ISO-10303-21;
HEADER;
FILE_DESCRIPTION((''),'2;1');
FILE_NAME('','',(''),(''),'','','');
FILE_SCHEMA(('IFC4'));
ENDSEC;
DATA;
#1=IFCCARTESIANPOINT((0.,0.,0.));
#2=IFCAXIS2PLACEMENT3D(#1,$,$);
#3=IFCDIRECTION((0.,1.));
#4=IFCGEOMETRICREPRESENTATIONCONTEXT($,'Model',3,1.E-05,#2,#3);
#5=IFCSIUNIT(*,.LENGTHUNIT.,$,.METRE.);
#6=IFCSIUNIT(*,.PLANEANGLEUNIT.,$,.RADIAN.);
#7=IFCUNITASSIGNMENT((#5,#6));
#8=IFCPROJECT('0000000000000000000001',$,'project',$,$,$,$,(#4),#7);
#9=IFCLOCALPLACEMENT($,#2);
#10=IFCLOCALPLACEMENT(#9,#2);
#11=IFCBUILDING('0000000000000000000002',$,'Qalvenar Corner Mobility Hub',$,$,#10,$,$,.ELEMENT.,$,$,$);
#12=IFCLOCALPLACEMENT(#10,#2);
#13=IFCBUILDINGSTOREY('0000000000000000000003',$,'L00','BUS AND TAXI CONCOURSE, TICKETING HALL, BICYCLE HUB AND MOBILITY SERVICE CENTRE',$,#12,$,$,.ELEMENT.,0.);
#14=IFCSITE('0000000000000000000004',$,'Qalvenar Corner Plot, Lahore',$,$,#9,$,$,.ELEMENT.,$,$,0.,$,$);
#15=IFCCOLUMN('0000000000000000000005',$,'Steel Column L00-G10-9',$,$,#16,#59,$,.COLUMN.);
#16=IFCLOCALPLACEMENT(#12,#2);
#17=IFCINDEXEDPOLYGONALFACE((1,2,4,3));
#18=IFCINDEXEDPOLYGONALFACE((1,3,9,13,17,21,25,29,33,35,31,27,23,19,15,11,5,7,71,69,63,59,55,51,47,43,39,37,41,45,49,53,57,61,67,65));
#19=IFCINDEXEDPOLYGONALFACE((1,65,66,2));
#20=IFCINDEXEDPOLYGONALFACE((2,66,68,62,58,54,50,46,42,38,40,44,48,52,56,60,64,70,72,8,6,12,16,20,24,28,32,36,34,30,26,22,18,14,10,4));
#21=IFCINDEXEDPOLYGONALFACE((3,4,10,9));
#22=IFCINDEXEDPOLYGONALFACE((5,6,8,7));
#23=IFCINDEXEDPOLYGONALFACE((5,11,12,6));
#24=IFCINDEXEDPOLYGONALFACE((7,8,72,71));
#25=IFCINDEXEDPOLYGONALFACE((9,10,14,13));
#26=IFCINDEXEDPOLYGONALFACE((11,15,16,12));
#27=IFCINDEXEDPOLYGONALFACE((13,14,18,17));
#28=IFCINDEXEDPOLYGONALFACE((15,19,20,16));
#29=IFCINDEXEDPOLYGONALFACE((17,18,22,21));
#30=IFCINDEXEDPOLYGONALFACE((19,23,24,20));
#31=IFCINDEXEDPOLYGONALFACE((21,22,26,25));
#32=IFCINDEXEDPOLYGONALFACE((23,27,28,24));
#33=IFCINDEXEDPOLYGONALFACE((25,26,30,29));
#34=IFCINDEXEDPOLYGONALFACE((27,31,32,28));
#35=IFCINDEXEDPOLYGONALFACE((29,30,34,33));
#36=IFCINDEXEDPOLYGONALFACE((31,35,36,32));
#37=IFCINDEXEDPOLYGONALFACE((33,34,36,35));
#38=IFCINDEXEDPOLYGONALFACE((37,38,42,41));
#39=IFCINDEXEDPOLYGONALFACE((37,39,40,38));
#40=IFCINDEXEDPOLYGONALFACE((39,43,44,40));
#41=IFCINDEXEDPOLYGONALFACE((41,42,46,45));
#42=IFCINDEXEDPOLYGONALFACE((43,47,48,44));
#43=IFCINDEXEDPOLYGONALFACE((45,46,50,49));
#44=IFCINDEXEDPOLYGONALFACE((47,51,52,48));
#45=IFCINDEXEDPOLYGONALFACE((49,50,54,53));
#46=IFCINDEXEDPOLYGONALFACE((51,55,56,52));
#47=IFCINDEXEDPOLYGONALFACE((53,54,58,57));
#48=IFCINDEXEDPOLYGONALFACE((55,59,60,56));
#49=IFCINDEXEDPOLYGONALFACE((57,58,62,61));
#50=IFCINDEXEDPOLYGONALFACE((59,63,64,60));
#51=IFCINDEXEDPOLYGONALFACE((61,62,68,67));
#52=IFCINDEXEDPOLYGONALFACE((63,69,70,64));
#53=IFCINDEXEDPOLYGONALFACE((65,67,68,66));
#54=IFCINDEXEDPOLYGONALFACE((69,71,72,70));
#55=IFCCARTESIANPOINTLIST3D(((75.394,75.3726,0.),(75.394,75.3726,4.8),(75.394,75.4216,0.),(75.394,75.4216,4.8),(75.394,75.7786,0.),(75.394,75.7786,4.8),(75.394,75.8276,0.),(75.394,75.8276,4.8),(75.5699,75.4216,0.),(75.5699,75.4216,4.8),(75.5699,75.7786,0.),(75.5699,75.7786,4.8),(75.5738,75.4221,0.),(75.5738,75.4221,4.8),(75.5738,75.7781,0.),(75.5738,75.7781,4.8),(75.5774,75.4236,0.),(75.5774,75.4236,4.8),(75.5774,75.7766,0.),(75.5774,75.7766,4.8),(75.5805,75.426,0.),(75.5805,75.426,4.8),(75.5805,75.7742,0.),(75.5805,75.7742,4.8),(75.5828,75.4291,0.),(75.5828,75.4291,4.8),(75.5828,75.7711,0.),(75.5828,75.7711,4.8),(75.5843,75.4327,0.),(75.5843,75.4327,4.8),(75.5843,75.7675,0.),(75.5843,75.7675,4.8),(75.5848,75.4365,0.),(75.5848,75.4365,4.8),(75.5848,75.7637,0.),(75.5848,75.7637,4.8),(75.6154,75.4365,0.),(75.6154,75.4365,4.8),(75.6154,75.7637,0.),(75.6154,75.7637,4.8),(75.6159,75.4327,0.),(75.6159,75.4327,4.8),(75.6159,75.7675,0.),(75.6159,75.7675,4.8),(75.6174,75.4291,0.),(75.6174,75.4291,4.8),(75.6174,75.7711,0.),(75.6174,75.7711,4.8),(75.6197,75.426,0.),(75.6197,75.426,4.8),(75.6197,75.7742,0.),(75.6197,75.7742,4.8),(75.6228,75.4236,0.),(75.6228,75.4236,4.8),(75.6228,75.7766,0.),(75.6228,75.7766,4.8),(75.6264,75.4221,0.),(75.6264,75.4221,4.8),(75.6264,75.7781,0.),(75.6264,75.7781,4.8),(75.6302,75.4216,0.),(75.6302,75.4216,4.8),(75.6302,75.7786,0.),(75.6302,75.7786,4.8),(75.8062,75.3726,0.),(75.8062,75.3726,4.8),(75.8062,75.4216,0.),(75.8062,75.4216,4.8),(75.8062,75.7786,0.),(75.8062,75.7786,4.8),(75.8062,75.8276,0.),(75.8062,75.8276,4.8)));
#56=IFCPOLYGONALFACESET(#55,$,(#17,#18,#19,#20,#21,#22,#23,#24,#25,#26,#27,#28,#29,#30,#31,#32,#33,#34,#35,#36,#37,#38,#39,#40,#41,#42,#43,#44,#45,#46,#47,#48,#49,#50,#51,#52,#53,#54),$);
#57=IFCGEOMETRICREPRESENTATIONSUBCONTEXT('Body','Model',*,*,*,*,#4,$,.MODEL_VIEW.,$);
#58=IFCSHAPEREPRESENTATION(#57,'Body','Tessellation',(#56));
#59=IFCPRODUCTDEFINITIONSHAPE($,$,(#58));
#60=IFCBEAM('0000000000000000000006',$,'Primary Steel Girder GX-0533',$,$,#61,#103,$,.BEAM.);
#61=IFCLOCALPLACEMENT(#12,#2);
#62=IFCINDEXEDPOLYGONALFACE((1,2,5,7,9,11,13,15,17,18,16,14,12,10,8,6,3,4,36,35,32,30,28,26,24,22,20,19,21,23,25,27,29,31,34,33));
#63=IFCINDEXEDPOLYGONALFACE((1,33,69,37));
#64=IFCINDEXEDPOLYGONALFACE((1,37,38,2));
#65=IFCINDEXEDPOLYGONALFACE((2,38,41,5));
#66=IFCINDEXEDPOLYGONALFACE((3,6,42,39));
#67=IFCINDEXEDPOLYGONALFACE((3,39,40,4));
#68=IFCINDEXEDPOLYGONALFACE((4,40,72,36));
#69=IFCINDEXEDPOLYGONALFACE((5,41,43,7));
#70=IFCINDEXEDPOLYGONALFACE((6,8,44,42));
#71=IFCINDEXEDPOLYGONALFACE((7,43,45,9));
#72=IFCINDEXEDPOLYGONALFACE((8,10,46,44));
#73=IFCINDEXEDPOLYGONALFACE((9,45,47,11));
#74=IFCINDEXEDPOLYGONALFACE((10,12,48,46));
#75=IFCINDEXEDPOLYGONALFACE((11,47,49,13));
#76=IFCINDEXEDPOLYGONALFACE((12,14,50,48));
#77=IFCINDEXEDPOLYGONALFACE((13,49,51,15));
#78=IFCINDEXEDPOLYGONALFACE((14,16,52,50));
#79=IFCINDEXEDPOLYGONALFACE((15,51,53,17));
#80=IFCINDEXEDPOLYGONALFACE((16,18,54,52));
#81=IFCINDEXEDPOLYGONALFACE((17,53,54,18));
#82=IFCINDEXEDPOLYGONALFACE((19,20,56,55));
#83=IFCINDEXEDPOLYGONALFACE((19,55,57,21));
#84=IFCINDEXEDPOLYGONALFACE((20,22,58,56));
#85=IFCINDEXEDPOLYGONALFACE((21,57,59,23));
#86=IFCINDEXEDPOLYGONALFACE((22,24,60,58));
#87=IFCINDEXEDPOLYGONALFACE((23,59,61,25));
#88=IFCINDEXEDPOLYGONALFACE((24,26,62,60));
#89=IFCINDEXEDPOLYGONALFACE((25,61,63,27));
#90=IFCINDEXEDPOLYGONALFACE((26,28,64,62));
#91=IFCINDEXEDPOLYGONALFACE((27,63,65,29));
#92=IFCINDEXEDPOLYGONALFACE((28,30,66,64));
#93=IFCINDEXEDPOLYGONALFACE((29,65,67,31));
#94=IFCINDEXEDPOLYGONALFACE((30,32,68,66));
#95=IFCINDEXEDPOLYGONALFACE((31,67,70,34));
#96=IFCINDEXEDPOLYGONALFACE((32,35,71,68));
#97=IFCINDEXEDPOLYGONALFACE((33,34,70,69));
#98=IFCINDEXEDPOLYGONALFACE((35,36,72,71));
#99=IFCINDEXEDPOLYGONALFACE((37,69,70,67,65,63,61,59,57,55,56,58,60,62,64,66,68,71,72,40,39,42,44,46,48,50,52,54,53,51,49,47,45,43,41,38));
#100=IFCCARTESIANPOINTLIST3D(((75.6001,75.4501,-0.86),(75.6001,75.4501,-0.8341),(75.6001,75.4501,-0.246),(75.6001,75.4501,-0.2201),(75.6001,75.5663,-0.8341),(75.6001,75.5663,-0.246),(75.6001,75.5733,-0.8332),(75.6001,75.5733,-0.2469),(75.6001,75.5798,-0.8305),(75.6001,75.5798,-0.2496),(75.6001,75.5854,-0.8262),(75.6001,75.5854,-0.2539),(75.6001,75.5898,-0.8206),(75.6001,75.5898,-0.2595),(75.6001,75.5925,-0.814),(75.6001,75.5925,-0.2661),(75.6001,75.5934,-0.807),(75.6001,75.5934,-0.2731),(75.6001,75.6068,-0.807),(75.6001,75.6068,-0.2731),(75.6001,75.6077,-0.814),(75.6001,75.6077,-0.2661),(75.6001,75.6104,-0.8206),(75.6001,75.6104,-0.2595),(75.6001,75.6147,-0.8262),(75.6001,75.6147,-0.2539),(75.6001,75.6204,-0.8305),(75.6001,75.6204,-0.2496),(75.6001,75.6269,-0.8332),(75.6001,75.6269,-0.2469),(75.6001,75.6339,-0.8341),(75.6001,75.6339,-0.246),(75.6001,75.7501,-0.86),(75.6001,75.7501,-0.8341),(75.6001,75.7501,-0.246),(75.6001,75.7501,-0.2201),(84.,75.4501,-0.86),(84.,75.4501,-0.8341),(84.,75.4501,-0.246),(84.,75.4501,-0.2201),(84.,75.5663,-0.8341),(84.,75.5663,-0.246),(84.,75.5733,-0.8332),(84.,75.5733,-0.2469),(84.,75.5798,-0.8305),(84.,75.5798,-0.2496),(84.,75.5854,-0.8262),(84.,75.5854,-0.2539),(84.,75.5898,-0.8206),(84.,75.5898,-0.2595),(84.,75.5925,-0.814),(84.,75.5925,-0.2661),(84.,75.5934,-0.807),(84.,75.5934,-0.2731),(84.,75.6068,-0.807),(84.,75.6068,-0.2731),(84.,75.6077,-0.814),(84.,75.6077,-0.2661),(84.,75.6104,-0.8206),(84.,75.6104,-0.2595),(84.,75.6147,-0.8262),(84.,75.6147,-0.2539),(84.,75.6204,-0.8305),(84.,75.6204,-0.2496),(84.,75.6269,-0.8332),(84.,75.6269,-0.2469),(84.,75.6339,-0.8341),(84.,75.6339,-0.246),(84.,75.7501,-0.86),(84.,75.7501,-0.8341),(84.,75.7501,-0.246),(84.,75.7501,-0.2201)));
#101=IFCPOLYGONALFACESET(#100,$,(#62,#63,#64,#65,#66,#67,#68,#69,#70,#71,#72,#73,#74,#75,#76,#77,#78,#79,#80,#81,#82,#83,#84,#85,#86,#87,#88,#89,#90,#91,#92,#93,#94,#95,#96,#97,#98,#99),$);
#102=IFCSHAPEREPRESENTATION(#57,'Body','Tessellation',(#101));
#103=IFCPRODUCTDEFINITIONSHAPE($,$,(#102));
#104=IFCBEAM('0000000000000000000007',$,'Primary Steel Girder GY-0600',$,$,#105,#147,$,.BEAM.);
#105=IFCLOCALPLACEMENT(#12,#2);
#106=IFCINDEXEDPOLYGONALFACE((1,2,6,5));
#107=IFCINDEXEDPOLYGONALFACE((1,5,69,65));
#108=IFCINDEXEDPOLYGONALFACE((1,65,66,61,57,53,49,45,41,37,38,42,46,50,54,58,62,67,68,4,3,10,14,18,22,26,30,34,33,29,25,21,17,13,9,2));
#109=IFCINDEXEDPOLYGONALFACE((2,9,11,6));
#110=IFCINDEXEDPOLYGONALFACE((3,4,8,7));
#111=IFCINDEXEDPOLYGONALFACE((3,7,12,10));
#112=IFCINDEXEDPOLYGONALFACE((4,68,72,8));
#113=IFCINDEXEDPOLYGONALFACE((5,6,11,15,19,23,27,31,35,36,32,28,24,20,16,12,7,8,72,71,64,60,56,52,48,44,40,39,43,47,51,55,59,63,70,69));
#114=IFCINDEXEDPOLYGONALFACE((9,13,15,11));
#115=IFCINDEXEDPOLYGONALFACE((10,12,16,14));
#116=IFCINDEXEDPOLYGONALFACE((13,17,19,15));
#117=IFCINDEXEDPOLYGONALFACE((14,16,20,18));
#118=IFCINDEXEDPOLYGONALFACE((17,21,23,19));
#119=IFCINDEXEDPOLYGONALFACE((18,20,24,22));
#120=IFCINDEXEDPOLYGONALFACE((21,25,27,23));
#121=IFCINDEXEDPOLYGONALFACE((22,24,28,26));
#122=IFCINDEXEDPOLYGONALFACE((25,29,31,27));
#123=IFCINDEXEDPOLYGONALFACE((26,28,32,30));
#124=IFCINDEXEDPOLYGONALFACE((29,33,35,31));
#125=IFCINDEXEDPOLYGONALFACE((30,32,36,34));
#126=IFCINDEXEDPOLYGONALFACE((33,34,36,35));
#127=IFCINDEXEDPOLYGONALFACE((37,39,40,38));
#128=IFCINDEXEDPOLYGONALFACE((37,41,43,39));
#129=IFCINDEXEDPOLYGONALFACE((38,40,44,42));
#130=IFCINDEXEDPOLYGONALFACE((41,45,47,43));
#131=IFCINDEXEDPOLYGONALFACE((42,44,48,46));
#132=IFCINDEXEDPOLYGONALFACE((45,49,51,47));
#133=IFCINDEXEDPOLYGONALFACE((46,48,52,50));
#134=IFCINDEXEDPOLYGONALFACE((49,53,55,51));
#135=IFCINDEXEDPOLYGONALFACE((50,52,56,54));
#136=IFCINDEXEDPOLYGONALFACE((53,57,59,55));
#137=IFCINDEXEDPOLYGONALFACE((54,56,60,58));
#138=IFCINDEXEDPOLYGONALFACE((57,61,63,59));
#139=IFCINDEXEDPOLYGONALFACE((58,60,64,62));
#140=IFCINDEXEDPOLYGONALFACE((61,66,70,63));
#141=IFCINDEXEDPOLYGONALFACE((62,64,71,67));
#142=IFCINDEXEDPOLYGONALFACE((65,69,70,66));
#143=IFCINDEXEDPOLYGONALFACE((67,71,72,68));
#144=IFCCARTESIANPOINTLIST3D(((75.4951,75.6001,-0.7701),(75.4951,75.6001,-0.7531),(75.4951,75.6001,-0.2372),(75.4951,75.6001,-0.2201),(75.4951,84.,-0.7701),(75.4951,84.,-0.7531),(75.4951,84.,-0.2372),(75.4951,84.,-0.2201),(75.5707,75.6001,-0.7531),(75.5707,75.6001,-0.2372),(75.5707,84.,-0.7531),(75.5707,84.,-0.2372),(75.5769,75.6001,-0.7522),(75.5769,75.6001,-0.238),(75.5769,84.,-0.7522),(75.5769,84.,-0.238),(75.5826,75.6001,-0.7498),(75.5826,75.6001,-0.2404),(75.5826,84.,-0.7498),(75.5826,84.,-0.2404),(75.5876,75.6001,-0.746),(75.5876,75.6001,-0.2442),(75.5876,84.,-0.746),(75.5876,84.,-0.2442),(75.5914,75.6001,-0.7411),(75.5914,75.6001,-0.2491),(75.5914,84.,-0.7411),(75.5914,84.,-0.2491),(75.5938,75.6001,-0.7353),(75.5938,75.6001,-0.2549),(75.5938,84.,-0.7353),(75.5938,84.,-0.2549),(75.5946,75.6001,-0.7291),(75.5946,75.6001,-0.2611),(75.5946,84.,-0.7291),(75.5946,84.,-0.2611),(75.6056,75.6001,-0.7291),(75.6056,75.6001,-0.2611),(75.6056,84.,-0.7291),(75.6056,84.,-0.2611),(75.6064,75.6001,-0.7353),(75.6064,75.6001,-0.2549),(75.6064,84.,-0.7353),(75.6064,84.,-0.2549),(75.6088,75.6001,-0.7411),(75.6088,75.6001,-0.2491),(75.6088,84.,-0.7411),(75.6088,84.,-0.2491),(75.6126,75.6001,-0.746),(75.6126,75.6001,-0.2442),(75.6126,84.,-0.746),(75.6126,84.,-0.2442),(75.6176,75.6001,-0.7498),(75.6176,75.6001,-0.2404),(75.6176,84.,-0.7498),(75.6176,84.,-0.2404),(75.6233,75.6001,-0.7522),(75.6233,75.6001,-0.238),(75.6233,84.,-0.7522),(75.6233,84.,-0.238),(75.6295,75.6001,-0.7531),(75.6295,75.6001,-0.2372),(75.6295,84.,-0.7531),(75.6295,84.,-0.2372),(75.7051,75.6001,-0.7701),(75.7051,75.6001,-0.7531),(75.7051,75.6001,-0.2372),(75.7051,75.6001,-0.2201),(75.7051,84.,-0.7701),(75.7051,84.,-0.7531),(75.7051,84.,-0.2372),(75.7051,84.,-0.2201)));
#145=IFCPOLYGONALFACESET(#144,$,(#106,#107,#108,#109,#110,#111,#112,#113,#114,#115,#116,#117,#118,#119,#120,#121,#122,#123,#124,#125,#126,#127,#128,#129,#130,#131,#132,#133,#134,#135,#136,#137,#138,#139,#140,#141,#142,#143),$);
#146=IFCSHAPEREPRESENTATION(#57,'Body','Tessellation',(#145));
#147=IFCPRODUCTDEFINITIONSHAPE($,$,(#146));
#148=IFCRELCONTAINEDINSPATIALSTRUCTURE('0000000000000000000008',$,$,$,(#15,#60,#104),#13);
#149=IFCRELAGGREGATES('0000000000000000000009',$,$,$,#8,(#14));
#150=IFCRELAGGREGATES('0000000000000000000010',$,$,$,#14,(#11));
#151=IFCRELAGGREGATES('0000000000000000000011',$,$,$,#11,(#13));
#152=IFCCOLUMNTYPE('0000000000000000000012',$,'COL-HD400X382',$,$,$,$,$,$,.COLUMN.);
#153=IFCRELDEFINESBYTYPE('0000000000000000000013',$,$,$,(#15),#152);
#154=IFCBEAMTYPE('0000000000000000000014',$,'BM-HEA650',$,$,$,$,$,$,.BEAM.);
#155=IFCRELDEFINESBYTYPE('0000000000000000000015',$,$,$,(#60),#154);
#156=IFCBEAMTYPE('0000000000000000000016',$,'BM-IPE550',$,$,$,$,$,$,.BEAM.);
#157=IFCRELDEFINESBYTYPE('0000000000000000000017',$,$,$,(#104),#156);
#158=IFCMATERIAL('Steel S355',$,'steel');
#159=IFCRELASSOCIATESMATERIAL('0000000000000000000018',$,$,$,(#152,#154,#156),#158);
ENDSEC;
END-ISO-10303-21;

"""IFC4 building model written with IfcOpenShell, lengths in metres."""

from ifc_helpers import new_model, si_unit, direction, frame, origin, origin_2d, place, context, subcontext, project, spatial, i_section, extrude, material, material_profile, profile_set, type_object, element, save


model = new_model("IFC4")

# Units and contexts
model_context = context("Model", 3, precision=1e-05, world=origin(), true_north=direction((0.0, 1.0)))
body_context = subcontext(model_context, "Body", "Model", "MODEL_VIEW")
ifc_project = project(units=[si_unit("LENGTHUNIT", "METRE"), si_unit("PLANEANGLEUNIT", "RADIAN")], contexts=[model_context])

# Site, building, storey
site_placement = place(None, origin())
site = spatial("IfcSite", under=ifc_project, at=site_placement, Name="Qalvenar Corner Plot, Lahore", CompositionType="ELEMENT", RefElevation=0.0)
building_placement = place(site_placement, origin())
building = spatial("IfcBuilding", under=site, at=building_placement, Name="Qalvenar Corner Mobility Hub", CompositionType="ELEMENT")
storey_placement = place(building_placement, origin())
storey = spatial("IfcBuildingStorey", under=building, at=storey_placement, Name="L00", Description="BUS AND TAXI CONCOURSE, TICKETING HALL, BICYCLE HUB AND MOBILITY SERVICE CENTRE", CompositionType="ELEMENT", Elevation=0.0)

# Column
ifc_material_1 = material(Name="Steel S355", Category="steel")
ifc_material_profile_1 = material_profile(ifc_material_1, i_section(OverallWidth=0.4121, OverallDepth=0.4551, WebThickness=0.0305, FlangeThickness=0.0491, FilletRadius=0.0149, at=origin_2d()), Name="HD400x421")
ifc_profile_set_1 = profile_set([ifc_material_profile_1], Name="Steel S355")
column_type = type_object("IfcColumnType", Name="COL-HD400X382", PredefinedType="COLUMN", material=ifc_profile_set_1)
column_placement = place(storey_placement, frame((75.6001, 75.6001, 0.0), z_axis=(0.0, 0.0, 1.0), x_axis=(1.0, 0.0, 0.0)))
element("IfcColumn", 1, at=column_placement, inside=storey, type_object=column_type, Name="Steel Column L00-G10-9", PredefinedType="COLUMN", context=body_context, shape_type="SweptSolid", body=[
    extrude(i_section(OverallWidth=0.4121, OverallDepth=0.4551, WebThickness=0.0305, FlangeThickness=0.0491, FilletRadius=0.0149, at=origin_2d()), origin(), (0.0, 0.0, 1.0), 4.8),
])

# Beams
ifc_material_profile_2 = material_profile(ifc_material_1, i_section(OverallWidth=0.3, OverallDepth=0.6399, WebThickness=0.0134, FlangeThickness=0.0259, FilletRadius=0.0271, at=origin_2d()), Name="HEA650")
ifc_profile_set_2 = profile_set([ifc_material_profile_2], Name="Steel S355")
beam_type_1 = type_object("IfcBeamType", Name="BM-HEA650", PredefinedType="BEAM", material=ifc_profile_set_2)
beam_1_placement = place(storey_placement, frame((75.6001, 75.6001, -0.54), z_axis=(1.0, 0.0, 0.0), x_axis=(0.0, 1.0, 0.0)))
element("IfcBeam", 2, at=beam_1_placement, inside=storey, type_object=beam_type_1, Name="Primary Steel Girder GX-0533", PredefinedType="BEAM", context=body_context, shape_type="SweptSolid", body=[
    extrude(i_section(OverallWidth=0.3, OverallDepth=0.6399, WebThickness=0.0134, FlangeThickness=0.0259, FilletRadius=0.0271, at=origin_2d()), origin(), (0.0, 0.0, 1.0), 8.3999),
])
ifc_material_profile_3 = material_profile(ifc_material_1, i_section(OverallWidth=0.21, OverallDepth=0.55, WebThickness=0.011, FlangeThickness=0.0171, FilletRadius=0.0239, at=origin_2d()), Name="IPE550")
ifc_profile_set_3 = profile_set([ifc_material_profile_3], Name="Steel S355")
beam_type_2 = type_object("IfcBeamType", Name="BM-IPE550", PredefinedType="BEAM", material=ifc_profile_set_3)
beam_2_placement = place(storey_placement, frame((75.6001, 75.6001, -0.4951), z_axis=(0.0, 1.0, 0.0), x_axis=(-1.0, 0.0, 0.0)))
element("IfcBeam", 3, at=beam_2_placement, inside=storey, type_object=beam_type_2, Name="Primary Steel Girder GY-0600", PredefinedType="BEAM", context=body_context, shape_type="SweptSolid", body=[
    extrude(i_section(OverallWidth=0.21, OverallDepth=0.55, WebThickness=0.011, FlangeThickness=0.0171, FilletRadius=0.0239, at=origin_2d()), origin(), (0.0, 0.0, 1.0), 8.3999),
])

save(model, "model.ifc")
